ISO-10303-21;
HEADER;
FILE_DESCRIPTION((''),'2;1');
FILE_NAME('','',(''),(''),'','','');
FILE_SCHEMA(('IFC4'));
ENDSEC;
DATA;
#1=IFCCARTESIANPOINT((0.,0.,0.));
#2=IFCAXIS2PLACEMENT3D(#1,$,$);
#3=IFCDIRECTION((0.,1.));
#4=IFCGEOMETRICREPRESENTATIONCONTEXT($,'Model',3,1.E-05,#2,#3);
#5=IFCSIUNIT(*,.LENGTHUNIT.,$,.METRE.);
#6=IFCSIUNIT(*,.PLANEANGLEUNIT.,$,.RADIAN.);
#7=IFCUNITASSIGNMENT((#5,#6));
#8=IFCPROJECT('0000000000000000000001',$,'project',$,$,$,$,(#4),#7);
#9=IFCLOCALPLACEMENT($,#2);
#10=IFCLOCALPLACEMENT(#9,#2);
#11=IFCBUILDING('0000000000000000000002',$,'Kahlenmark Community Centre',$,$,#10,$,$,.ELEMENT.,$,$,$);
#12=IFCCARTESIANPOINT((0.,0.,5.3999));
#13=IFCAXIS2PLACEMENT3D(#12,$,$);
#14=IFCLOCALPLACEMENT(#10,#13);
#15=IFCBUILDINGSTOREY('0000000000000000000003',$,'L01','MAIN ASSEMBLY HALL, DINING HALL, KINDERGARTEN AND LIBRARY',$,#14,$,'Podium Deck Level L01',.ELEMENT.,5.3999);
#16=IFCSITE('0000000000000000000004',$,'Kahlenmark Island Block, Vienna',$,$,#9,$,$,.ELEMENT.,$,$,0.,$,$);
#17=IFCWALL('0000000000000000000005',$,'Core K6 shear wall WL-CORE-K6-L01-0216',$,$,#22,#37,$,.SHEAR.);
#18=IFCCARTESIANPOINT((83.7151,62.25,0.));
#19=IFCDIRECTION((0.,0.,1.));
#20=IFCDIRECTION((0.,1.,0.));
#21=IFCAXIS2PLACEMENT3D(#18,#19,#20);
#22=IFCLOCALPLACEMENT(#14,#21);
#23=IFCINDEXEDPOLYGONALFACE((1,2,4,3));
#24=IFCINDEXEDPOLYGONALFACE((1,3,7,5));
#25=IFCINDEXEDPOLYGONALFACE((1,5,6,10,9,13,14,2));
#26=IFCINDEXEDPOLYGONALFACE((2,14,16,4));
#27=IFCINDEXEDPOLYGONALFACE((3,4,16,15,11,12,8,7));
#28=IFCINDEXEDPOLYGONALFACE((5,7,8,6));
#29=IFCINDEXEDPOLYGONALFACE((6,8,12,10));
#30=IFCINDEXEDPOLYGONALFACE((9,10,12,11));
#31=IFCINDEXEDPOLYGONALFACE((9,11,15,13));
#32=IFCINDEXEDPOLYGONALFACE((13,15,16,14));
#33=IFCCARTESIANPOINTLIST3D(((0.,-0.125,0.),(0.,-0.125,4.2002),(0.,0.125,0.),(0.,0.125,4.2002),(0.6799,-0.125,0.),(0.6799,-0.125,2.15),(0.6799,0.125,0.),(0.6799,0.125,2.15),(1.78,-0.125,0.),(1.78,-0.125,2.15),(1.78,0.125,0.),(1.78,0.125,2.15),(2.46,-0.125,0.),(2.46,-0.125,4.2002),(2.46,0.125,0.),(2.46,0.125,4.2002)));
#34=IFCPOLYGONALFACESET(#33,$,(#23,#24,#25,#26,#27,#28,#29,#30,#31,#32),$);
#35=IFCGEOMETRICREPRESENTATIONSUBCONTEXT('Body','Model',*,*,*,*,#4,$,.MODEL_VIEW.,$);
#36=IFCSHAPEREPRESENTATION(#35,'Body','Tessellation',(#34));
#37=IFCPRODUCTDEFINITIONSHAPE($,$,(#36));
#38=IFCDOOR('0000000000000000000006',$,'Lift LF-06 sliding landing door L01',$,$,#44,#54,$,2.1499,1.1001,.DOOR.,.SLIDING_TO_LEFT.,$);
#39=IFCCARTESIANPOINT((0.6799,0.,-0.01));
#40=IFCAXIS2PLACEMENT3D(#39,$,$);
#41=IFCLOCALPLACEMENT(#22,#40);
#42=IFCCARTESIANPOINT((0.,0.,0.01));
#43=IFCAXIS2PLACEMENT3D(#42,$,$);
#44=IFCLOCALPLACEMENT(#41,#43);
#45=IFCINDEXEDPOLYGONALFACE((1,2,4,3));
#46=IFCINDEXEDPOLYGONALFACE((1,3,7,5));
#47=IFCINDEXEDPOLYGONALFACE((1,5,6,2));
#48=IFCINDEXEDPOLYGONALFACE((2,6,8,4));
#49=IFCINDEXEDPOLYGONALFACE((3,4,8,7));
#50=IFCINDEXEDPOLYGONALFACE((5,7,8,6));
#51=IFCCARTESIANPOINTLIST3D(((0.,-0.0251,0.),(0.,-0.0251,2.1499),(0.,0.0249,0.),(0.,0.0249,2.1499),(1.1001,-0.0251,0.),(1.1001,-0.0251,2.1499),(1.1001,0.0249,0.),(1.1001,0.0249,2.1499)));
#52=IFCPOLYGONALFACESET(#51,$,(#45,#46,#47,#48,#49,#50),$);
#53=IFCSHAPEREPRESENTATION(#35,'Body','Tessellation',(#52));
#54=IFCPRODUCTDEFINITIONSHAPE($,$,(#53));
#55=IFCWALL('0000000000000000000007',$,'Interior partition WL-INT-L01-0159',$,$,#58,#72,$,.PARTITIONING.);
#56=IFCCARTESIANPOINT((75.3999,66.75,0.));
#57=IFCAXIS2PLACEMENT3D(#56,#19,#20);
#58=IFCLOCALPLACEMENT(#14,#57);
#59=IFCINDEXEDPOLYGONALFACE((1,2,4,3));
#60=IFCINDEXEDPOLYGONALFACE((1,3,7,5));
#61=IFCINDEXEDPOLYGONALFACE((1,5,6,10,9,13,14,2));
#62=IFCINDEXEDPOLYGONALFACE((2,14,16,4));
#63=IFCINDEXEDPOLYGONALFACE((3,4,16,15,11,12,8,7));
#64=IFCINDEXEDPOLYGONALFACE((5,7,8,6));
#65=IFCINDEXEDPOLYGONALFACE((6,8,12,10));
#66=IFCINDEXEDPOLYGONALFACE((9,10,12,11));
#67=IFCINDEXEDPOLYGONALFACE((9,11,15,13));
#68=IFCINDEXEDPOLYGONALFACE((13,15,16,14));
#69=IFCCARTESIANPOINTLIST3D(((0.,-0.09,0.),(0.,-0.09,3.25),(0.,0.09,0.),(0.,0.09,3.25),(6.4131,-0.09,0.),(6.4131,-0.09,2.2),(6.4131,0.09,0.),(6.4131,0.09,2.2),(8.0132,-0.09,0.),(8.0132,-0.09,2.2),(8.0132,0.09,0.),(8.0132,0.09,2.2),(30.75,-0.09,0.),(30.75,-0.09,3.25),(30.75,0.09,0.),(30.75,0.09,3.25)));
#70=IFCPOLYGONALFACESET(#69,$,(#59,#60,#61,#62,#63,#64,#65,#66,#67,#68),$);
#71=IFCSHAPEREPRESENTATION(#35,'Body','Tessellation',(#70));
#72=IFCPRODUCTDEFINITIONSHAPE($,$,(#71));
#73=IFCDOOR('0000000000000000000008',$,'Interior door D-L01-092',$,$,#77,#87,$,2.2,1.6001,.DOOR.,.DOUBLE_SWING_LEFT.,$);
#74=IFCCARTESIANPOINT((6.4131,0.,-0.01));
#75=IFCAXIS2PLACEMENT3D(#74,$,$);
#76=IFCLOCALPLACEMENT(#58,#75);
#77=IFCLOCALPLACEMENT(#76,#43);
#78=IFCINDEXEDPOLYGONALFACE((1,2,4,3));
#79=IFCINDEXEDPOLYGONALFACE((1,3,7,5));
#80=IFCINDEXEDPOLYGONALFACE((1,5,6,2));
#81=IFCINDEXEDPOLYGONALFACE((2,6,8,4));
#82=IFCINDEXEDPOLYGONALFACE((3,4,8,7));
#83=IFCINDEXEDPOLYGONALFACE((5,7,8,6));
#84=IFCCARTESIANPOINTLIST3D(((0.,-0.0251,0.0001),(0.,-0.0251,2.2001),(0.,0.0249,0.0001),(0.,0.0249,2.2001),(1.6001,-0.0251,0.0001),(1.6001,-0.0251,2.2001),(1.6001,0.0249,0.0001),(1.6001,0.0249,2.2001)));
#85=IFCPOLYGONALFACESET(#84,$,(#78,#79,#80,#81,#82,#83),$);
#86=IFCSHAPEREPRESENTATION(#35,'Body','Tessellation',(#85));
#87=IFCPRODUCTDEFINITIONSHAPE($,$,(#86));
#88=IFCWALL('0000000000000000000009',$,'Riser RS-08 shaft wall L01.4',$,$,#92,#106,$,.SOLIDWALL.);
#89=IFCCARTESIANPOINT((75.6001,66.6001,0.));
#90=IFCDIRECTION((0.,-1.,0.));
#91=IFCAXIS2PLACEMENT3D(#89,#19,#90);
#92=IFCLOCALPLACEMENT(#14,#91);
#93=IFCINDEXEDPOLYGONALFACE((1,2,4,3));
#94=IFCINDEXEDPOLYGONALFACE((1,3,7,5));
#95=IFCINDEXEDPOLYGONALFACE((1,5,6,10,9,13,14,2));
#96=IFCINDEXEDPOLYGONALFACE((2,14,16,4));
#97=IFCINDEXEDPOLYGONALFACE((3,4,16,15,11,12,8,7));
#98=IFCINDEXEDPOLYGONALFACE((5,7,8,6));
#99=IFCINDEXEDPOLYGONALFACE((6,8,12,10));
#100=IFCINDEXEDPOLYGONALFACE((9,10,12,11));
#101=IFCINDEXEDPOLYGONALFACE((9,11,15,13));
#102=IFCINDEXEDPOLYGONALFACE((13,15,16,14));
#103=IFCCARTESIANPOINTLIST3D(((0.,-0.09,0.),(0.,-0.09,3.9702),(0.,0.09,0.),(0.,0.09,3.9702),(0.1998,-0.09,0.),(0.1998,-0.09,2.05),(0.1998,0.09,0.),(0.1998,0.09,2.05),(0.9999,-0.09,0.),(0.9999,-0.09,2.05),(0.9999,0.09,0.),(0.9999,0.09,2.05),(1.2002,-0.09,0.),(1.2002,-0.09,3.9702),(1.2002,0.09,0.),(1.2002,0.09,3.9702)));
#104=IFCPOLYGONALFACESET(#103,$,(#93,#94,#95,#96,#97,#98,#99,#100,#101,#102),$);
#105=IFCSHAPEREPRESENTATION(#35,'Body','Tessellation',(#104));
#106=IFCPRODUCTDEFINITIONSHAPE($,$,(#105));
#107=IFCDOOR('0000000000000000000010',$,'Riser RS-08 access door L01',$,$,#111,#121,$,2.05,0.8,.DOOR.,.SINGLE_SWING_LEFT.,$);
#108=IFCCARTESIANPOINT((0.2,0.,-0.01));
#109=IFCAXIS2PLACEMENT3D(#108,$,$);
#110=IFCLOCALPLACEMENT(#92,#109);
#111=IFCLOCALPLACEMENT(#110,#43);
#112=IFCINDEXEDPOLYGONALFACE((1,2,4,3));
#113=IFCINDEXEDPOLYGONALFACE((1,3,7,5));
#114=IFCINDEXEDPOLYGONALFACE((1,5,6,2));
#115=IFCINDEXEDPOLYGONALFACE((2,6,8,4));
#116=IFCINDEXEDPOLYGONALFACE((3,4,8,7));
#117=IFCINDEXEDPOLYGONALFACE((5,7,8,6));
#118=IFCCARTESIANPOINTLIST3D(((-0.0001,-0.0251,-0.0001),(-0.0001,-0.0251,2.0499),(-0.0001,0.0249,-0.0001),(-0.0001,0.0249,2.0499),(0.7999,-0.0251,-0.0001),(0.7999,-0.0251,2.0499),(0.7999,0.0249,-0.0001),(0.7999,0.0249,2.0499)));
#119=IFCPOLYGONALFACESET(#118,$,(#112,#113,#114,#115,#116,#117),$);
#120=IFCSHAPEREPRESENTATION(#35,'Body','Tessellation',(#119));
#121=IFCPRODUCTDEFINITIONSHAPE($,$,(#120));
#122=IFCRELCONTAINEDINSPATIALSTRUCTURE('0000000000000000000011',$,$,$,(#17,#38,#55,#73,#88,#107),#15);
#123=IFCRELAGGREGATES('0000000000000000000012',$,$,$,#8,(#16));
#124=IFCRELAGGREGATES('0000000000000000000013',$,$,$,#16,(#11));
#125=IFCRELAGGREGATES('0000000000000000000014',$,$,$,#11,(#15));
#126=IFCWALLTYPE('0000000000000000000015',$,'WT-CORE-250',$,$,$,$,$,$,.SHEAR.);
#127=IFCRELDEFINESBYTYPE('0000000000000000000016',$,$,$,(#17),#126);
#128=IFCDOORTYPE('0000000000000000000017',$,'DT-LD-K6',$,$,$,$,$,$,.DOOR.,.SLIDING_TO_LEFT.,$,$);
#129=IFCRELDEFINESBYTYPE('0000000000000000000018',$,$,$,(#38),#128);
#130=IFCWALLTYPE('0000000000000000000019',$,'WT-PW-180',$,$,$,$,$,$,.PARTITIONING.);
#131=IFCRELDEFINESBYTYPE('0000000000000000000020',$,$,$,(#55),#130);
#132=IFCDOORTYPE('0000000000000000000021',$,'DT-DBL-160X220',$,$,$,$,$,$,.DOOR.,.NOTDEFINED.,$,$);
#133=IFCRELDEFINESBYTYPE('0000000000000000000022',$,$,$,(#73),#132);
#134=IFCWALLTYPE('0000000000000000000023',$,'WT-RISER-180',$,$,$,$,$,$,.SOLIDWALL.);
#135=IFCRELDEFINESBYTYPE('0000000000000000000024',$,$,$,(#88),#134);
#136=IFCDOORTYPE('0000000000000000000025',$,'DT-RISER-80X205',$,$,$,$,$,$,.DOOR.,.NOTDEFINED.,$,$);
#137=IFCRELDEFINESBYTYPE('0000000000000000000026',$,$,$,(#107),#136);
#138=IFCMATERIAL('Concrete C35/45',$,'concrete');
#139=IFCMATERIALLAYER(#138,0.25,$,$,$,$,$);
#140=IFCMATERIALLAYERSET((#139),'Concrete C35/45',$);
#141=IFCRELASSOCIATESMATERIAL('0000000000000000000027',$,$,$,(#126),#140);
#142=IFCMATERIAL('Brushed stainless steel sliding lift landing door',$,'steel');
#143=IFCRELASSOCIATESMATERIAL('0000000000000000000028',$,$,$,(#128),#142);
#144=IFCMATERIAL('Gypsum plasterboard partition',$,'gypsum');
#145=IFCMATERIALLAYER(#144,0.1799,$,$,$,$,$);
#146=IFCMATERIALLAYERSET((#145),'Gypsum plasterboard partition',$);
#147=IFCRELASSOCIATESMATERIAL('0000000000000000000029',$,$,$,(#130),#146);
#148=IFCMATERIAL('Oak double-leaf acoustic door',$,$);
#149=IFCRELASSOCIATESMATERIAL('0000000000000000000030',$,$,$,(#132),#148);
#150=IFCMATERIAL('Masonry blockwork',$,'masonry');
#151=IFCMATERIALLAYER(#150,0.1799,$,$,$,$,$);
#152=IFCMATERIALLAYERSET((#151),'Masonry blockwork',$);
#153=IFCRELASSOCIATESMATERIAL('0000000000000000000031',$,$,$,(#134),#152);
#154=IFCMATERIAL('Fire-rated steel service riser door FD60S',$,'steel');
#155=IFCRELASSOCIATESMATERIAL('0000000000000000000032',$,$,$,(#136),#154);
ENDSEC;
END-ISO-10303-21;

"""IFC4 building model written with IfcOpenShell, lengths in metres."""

from ifc_helpers import new_model, si_unit, direction, frame, frame_2d, origin, place, context, subcontext, project, spatial, rectangle, extrude, material, layer, layer_set, type_object, element, fill, save


model = new_model("IFC4")

# Units and contexts
model_context = context("Model", 3, precision=1e-05, world=origin(), true_north=direction((0.0, 1.0)))
body_context = subcontext(model_context, "Body", "Model", "MODEL_VIEW")
ifc_project = project(units=[si_unit("LENGTHUNIT", "METRE"), si_unit("PLANEANGLEUNIT", "RADIAN")], contexts=[model_context])

# Site, building, storey
site_placement = place(None, origin())
site = spatial("IfcSite", under=ifc_project, at=site_placement, Name="Kahlenmark Island Block, Vienna", CompositionType="ELEMENT", RefElevation=0.0)
building_placement = place(site_placement, origin())
building = spatial("IfcBuilding", under=site, at=building_placement, Name="Kahlenmark Community Centre", CompositionType="ELEMENT")
storey_placement = place(building_placement, frame((0.0, 0.0, 5.3999)))
storey = spatial("IfcBuildingStorey", under=building, at=storey_placement, Name="L01", Description="MAIN ASSEMBLY HALL, DINING HALL, KINDERGARTEN AND LIBRARY", LongName="Podium Deck Level L01", CompositionType="ELEMENT", Elevation=5.3999)

# Shared definitions
ifc_material_1 = material(Name="Concrete C35/45", Category="concrete")

# Shared definitions
ifc_layer_1 = layer(ifc_material_1, 0.25)
ifc_layer_set_1 = layer_set([ifc_layer_1], Name="Concrete C35/45")
wall_type_1 = type_object("IfcWallType", Name="WT-CORE-250", PredefinedType="SHEAR", material=ifc_layer_set_1)

# Wall, opening, door
wall_1_placement = place(storey_placement, frame((83.7151, 62.25, 0.0), z_axis=(0.0, 0.0, 1.0), x_axis=(0.0, 1.0, 0.0)))
wall_1 = element("IfcWall", 1, at=wall_1_placement, inside=storey, type_object=wall_type_1, Name="Core K6 shear wall WL-CORE-K6-L01-0216", PredefinedType="SHEAR", context=body_context, shape_type="SweptSolid", body=[
    extrude(rectangle(XDim=2.46, YDim=0.25, at=frame_2d((1.23, 0.0))), origin(), (0.0, 0.0, 1.0), 4.2002),
])
opening_1_placement = place(wall_1_placement, frame((0.6799, 0.0, -0.01)))
opening_1 = element("IfcOpeningElement", 2, at=opening_1_placement, cuts=wall_1, PredefinedType="OPENING", context=body_context, shape_type="SweptSolid", body=[
    extrude(rectangle(XDim=1.1001, YDim=2.1599, at=frame_2d((0.55, 1.0801))), frame((0.0, 0.135, 0.0), z_axis=(0.0, -1.0, 0.0), x_axis=(1.0, 0.0, 0.0)), (0.0, 0.0, 1.0), 0.27),
])
ifc_material_2 = material(Name="Brushed stainless steel sliding lift landing door", Category="steel")
door_type_1 = type_object("IfcDoorType", Name="DT-LD-K6", OperationType="SLIDING_TO_LEFT", PredefinedType="DOOR", material=ifc_material_2)
door_1_placement = place(opening_1_placement, frame((0.0, 0.0, 0.01)))
door_1 = element("IfcDoor", 3, at=door_1_placement, inside=storey, type_object=door_type_1, Name="Lift LF-06 sliding landing door L01", OperationType="SLIDING_TO_LEFT", OverallHeight=2.1499, OverallWidth=1.1001, PredefinedType="DOOR", context=body_context, shape_type="SweptSolid", body=[
    extrude(rectangle(XDim=1.1001, YDim=2.1499, at=frame_2d((0.55, 1.075))), frame((0.0, 0.0249, 0.0), z_axis=(0.0, -1.0, 0.0), x_axis=(1.0, 0.0, 0.0)), (0.0, 0.0, 1.0), 0.05),
])
fill(opening_1, door_1)

# Shared definitions
ifc_material_3 = material(Name="Gypsum plasterboard partition", Category="gypsum")

# Shared definitions
ifc_layer_2 = layer(ifc_material_3, 0.1799)
ifc_layer_set_2 = layer_set([ifc_layer_2], Name="Gypsum plasterboard partition")
wall_type_2 = type_object("IfcWallType", Name="WT-PW-180", PredefinedType="PARTITIONING", material=ifc_layer_set_2)

# Wall, opening, door
wall_2_placement = place(storey_placement, frame((75.3999, 66.75, 0.0), z_axis=(0.0, 0.0, 1.0), x_axis=(0.0, 1.0, 0.0)))
wall_2 = element("IfcWall", 4, at=wall_2_placement, inside=storey, type_object=wall_type_2, Name="Interior partition WL-INT-L01-0159", PredefinedType="PARTITIONING", context=body_context, shape_type="SweptSolid", body=[
    extrude(rectangle(XDim=30.75, YDim=0.1799, at=frame_2d((15.375, 0.0))), origin(), (0.0, 0.0, 1.0), 3.25),
])
opening_2_placement = place(wall_2_placement, frame((6.4131, 0.0, -0.01)))
opening_2 = element("IfcOpeningElement", 5, at=opening_2_placement, cuts=wall_2, PredefinedType="OPENING", context=body_context, shape_type="SweptSolid", body=[
    extrude(rectangle(XDim=1.6001, YDim=2.21, at=frame_2d((0.8, 1.105))), frame((0.0, 0.0999, 0.0), z_axis=(0.0, -1.0, 0.0), x_axis=(1.0, 0.0, 0.0)), (0.0, 0.0, 1.0), 0.2),
])
ifc_material_4 = material(Name="Oak double-leaf acoustic door")
door_type_2 = type_object("IfcDoorType", Name="DT-DBL-160X220", OperationType="NOTDEFINED", PredefinedType="DOOR", material=ifc_material_4)
door_2_placement = place(opening_2_placement, frame((0.0, 0.0, 0.01)))
door_2 = element("IfcDoor", 6, at=door_2_placement, inside=storey, type_object=door_type_2, Name="Interior door D-L01-092", OperationType="DOUBLE_SWING_LEFT", OverallHeight=2.2, OverallWidth=1.6001, PredefinedType="DOOR", context=body_context, shape_type="SweptSolid", body=[
    extrude(rectangle(XDim=1.6001, YDim=2.2, at=frame_2d((0.8, 1.1001))), frame((0.0, 0.0249, 0.0), z_axis=(0.0, -1.0, 0.0), x_axis=(1.0, 0.0, 0.0)), (0.0, 0.0, 1.0), 0.05),
])
fill(opening_2, door_2)

# Shared definitions
ifc_material_5 = material(Name="Masonry blockwork", Category="masonry")
ifc_layer_3 = layer(ifc_material_5, 0.1799)
ifc_layer_set_3 = layer_set([ifc_layer_3], Name="Masonry blockwork")
wall_type_3 = type_object("IfcWallType", Name="WT-RISER-180", PredefinedType="SOLIDWALL", material=ifc_layer_set_3)

# Wall, opening, door
wall_3_placement = place(storey_placement, frame((75.6001, 66.6001, 0.0), z_axis=(0.0, 0.0, 1.0), x_axis=(0.0, -1.0, 0.0)))
wall_3 = element("IfcWall", 7, at=wall_3_placement, inside=storey, type_object=wall_type_3, Name="Riser RS-08 shaft wall L01.4", PredefinedType="SOLIDWALL", context=body_context, shape_type="SweptSolid", body=[
    extrude(rectangle(XDim=1.2002, YDim=0.1799, at=frame_2d((0.6001, 0.0))), origin(), (0.0, 0.0, 1.0), 3.9702),
])
opening_3_placement = place(wall_3_placement, frame((0.2, 0.0, -0.01)))
opening_3 = element("IfcOpeningElement", 8, at=opening_3_placement, cuts=wall_3, PredefinedType="OPENING", context=body_context, shape_type="SweptSolid", body=[
    extrude(rectangle(XDim=0.8, YDim=2.0601, at=frame_2d((0.3999, 1.03))), frame((0.0, 0.0999, 0.0), z_axis=(0.0, -1.0, 0.0), x_axis=(1.0, 0.0, 0.0)), (0.0, 0.0, 1.0), 0.2),
])
ifc_material_6 = material(Name="Fire-rated steel service riser door FD60S", Category="steel")
door_type_3 = type_object("IfcDoorType", Name="DT-RISER-80X205", OperationType="NOTDEFINED", PredefinedType="DOOR", material=ifc_material_6)
door_3_placement = place(opening_3_placement, frame((0.0, 0.0, 0.01)))
door_3 = element("IfcDoor", 9, at=door_3_placement, inside=storey, type_object=door_type_3, Name="Riser RS-08 access door L01", OperationType="SINGLE_SWING_LEFT", OverallHeight=2.05, OverallWidth=0.8, PredefinedType="DOOR", context=body_context, shape_type="SweptSolid", body=[
    extrude(rectangle(XDim=0.8, YDim=2.05, at=frame_2d((0.3999, 1.0249))), frame((0.0, 0.0249, 0.0), z_axis=(0.0, -1.0, 0.0), x_axis=(1.0, 0.0, 0.0)), (0.0, 0.0, 1.0), 0.05),
])
fill(opening_3, door_3)

save(model, "model.ifc")
